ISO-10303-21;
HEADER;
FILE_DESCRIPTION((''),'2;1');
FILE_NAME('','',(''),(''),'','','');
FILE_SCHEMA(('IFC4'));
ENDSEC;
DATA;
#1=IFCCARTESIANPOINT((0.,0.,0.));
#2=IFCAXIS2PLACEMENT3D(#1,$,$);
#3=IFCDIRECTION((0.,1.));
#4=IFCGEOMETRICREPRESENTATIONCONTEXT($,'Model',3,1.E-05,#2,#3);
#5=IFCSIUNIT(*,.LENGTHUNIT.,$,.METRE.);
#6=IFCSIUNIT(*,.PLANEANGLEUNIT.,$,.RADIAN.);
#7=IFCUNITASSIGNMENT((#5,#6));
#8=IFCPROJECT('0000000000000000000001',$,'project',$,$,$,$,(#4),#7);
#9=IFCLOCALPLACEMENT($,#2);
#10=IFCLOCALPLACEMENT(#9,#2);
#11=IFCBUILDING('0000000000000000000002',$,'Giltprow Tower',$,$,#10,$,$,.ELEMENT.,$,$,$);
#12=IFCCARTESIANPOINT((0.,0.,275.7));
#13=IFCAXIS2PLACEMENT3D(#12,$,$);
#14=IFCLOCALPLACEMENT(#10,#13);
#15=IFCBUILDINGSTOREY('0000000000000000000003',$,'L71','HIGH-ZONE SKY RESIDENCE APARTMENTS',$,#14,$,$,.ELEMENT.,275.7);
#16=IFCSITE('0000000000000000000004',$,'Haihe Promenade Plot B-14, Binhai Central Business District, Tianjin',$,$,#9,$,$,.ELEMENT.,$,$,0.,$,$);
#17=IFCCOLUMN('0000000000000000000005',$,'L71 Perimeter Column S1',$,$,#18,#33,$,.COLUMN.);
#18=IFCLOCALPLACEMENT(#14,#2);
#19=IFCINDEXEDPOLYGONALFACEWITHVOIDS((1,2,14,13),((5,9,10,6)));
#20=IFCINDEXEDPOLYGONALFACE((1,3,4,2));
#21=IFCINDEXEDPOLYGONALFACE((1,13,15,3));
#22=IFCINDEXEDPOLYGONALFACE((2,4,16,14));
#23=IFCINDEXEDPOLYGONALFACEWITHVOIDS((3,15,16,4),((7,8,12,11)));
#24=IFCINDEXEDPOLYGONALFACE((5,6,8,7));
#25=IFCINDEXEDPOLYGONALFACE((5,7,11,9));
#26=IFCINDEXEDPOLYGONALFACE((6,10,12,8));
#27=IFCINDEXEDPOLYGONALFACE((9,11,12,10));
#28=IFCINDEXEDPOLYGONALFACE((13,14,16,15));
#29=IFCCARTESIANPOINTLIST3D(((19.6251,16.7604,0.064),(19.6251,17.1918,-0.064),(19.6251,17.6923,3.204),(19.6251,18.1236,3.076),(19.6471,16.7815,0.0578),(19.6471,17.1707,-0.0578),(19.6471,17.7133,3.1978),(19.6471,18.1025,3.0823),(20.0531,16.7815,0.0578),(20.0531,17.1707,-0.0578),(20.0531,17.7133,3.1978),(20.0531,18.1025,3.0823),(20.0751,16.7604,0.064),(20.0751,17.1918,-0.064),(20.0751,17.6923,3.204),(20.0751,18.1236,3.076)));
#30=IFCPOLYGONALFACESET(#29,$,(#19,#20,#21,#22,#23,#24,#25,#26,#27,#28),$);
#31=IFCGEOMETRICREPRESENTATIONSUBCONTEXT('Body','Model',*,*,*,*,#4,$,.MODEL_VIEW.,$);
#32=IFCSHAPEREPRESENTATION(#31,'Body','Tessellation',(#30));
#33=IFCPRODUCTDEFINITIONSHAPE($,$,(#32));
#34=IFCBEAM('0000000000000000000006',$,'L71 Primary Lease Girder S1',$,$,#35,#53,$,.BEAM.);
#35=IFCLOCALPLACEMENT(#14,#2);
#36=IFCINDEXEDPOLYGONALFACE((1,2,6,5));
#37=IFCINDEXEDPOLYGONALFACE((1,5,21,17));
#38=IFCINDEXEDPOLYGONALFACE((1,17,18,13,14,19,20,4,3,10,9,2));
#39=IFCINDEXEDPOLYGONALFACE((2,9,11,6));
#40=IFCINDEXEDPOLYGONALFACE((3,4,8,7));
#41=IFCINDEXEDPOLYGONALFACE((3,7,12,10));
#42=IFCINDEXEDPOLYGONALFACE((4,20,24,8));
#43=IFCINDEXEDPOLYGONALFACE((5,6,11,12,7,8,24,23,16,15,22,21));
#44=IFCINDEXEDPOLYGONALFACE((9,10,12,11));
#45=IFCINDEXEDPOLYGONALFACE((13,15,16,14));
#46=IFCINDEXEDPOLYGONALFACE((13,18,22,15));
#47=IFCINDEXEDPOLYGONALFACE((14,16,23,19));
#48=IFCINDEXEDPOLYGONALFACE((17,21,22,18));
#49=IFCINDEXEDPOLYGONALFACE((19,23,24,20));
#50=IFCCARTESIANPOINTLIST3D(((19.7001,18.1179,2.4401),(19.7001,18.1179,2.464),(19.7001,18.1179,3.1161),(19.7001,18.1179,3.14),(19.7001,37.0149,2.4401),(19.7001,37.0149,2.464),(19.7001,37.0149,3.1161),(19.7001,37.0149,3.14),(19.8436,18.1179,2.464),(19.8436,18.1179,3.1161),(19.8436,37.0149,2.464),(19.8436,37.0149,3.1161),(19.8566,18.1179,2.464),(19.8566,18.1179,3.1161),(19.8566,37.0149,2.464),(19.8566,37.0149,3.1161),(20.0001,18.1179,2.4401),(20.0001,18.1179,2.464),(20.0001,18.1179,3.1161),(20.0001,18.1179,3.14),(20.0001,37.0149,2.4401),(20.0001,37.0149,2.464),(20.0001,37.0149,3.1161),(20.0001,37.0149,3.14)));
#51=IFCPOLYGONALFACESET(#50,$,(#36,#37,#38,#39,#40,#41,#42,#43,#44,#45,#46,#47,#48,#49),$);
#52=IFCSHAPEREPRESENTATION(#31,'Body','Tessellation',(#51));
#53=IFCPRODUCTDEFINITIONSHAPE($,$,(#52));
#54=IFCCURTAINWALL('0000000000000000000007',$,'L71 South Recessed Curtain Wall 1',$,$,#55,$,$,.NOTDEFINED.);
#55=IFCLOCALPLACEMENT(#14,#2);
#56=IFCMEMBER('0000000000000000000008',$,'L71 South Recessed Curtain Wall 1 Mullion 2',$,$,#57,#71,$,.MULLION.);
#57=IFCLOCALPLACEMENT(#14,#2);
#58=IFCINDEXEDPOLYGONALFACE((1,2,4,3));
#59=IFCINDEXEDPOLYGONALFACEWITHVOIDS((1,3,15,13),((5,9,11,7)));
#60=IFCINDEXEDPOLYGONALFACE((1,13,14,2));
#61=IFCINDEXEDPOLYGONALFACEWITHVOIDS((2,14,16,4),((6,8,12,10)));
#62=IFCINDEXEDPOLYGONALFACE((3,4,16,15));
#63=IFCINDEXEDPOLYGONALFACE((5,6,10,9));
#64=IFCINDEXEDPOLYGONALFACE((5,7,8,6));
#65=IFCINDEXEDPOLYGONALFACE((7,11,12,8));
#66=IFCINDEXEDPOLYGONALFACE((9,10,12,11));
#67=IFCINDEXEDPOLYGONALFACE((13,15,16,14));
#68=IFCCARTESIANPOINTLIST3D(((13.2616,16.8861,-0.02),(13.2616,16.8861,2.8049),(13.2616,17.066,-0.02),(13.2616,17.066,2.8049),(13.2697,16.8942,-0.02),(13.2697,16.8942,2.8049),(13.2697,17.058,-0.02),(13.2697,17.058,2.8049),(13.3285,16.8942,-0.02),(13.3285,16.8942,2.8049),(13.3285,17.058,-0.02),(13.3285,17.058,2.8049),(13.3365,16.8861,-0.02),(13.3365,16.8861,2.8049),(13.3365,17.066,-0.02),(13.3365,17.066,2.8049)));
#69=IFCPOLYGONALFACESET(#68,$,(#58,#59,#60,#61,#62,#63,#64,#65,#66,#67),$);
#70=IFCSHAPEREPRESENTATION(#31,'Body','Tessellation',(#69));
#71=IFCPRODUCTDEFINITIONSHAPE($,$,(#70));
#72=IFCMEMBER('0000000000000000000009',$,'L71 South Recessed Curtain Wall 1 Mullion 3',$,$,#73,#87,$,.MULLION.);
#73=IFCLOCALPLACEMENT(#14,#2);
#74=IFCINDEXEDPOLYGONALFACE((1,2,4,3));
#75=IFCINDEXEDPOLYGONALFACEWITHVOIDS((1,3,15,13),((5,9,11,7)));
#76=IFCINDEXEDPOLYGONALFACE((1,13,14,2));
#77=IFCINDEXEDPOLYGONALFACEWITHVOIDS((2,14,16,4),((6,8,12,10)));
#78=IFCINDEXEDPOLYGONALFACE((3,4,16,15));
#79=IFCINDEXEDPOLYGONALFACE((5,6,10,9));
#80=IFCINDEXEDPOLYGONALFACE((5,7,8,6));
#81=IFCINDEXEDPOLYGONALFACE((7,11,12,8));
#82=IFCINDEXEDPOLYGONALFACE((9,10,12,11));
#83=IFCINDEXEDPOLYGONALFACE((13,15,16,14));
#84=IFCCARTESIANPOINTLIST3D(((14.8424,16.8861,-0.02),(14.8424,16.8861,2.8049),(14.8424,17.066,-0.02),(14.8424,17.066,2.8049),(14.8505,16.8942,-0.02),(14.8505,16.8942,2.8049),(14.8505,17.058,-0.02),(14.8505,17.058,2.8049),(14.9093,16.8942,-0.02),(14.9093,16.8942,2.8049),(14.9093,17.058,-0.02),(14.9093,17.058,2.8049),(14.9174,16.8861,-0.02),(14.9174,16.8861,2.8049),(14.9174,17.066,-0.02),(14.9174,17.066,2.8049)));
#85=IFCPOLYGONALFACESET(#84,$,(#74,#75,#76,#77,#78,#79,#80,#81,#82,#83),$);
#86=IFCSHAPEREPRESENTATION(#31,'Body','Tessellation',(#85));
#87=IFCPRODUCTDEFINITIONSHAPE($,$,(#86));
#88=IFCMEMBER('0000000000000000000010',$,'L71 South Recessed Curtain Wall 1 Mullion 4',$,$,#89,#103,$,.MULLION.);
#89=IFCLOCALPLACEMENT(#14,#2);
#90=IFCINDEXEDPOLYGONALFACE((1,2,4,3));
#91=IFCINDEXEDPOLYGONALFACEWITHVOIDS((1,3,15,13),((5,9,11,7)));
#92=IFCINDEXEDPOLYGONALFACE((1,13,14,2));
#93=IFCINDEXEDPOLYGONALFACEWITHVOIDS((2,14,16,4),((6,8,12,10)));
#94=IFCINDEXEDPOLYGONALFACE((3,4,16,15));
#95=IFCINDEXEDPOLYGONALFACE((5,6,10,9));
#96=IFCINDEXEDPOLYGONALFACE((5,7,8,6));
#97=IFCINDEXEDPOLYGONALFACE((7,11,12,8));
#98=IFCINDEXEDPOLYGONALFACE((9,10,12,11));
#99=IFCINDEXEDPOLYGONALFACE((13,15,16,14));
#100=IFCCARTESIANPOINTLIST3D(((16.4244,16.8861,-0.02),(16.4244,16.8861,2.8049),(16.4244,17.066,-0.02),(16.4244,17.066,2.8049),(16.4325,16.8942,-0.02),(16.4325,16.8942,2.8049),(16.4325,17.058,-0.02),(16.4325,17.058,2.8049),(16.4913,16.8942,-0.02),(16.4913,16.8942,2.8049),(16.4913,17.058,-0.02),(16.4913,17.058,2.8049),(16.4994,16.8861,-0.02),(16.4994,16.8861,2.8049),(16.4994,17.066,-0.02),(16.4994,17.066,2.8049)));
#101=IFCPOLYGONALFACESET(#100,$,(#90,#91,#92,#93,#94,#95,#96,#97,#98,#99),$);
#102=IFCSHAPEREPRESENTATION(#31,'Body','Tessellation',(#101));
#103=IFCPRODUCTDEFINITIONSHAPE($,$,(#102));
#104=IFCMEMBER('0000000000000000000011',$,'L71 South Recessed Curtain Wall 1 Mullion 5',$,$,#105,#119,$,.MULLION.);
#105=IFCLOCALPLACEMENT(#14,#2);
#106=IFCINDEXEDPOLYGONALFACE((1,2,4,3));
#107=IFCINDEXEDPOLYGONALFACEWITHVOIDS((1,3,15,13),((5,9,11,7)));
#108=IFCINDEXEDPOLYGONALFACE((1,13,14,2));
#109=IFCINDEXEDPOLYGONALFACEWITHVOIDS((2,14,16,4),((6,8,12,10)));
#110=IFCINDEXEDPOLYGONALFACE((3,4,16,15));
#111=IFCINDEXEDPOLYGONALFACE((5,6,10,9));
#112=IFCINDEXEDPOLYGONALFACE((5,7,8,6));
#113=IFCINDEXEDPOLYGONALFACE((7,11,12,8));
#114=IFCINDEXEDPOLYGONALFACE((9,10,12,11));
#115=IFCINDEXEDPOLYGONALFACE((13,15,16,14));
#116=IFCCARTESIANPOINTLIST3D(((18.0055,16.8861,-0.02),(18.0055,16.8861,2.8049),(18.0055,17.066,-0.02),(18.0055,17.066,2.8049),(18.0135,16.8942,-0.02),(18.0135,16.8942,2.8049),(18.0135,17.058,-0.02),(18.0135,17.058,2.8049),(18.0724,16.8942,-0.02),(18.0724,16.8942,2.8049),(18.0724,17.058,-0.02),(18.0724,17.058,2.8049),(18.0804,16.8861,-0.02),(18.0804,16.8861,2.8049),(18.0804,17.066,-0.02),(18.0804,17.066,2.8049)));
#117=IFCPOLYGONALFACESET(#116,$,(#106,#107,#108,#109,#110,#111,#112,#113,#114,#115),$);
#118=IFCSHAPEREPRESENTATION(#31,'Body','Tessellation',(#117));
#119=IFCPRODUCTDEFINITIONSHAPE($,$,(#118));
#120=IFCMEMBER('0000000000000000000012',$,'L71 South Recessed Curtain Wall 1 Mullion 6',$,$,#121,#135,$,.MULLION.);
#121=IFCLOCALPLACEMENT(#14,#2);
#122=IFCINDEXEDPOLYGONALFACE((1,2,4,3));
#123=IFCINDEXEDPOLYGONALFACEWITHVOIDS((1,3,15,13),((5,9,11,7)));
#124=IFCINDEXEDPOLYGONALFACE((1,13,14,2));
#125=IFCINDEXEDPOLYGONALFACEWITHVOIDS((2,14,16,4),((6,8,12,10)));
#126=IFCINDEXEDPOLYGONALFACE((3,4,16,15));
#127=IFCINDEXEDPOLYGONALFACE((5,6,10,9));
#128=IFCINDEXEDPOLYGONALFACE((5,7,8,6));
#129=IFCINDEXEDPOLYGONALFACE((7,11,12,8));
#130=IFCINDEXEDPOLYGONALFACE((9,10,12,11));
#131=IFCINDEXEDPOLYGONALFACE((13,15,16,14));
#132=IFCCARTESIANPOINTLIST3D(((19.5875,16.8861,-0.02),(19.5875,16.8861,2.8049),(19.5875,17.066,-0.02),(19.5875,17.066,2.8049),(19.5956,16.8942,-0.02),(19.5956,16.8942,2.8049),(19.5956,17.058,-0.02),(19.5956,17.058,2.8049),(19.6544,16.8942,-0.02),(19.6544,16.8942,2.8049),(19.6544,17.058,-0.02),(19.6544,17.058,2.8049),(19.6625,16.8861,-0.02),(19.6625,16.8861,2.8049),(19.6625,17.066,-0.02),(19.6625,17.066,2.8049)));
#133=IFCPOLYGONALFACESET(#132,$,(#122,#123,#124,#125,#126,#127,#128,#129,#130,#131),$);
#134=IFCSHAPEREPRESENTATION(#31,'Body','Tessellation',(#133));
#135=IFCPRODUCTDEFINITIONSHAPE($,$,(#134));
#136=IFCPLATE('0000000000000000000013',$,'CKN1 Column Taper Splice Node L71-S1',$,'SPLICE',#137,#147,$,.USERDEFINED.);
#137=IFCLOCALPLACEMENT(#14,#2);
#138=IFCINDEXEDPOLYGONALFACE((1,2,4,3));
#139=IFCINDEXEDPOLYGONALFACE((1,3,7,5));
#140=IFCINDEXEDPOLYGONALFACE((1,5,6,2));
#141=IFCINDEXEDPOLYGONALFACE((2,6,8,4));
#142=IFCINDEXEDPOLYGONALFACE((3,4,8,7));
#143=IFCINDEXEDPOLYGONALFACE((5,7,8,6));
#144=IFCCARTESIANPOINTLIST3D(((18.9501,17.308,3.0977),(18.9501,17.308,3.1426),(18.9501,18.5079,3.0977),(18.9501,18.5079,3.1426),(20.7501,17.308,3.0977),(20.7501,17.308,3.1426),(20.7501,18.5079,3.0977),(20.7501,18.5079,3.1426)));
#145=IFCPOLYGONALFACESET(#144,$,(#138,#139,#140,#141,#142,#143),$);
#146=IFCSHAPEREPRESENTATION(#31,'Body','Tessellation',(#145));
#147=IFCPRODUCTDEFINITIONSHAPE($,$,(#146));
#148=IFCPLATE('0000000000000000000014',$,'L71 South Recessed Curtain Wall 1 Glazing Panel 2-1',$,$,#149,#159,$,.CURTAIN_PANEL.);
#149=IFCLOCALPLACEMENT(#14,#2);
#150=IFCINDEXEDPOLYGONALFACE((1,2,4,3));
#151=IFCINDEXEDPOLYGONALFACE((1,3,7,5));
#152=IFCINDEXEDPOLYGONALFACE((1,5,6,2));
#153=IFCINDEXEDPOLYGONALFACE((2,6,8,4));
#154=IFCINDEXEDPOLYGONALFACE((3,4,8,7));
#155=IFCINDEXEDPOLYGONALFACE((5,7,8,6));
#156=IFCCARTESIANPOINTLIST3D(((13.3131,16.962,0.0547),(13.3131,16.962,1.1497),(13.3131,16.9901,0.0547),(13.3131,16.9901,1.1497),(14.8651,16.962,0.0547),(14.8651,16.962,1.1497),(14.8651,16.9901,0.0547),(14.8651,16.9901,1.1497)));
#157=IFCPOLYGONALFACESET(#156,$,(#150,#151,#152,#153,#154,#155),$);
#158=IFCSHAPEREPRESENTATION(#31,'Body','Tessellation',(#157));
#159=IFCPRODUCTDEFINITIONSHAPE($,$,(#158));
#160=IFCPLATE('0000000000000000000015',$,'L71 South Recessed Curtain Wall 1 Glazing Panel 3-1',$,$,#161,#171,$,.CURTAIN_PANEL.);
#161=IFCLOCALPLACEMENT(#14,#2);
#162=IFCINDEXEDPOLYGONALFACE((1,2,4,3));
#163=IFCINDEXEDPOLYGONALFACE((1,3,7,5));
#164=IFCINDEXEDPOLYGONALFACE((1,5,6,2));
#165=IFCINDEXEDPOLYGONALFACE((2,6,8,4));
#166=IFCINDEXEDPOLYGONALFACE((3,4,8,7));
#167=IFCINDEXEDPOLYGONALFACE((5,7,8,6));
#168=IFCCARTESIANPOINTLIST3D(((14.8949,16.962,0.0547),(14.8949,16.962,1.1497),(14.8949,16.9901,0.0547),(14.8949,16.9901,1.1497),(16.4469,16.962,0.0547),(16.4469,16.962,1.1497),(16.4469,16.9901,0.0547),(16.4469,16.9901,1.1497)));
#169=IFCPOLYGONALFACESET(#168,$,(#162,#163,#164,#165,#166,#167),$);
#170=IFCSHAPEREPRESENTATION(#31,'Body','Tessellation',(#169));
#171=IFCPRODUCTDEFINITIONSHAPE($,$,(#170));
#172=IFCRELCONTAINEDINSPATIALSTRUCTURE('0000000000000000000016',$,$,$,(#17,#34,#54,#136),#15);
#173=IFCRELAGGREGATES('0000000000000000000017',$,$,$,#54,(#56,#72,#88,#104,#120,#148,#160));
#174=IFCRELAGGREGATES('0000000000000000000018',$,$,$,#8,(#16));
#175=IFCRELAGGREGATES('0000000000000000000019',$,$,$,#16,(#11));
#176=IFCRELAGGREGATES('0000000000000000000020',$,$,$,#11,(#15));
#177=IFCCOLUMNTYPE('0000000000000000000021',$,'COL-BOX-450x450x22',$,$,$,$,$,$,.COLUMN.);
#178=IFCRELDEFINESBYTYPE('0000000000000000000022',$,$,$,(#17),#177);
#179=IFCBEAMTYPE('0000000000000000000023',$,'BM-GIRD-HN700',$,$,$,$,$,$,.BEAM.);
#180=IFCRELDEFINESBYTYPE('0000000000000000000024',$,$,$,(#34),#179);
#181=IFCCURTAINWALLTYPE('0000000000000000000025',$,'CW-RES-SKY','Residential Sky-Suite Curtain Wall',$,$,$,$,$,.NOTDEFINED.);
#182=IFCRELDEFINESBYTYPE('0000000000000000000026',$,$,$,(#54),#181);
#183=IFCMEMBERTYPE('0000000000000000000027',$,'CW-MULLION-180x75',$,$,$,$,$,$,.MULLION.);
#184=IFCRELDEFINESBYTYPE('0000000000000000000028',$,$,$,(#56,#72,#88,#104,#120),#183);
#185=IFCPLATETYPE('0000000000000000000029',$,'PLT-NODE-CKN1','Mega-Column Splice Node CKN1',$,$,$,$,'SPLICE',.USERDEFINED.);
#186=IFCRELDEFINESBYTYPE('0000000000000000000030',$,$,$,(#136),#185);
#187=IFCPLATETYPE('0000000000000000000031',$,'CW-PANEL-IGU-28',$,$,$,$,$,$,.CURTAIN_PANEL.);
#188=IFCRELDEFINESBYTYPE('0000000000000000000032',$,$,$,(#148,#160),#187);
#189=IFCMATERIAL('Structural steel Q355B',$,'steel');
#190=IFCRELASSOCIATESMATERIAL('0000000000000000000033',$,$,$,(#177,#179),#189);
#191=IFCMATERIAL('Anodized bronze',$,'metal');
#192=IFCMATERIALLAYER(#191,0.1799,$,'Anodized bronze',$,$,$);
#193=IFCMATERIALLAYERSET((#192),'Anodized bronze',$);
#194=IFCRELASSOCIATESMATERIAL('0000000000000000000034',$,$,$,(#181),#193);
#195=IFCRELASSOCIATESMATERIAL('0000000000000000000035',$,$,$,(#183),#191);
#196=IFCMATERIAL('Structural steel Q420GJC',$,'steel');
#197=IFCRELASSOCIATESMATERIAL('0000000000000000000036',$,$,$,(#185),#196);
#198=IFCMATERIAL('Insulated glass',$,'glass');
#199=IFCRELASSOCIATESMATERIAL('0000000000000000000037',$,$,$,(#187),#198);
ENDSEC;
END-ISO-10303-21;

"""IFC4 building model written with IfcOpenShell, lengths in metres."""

from ifc_helpers import new_model, si_unit, direction, frame, origin, origin_2d, place, context, subcontext, project, spatial, rectangle, hollow_rectangle, i_section, extrude, source, transform, mapped, material, layer, layer_set, material_profile, profile_set, type_object, element, aggregate, save


model = new_model("IFC4")

# Units and contexts
model_context = context("Model", 3, precision=1e-05, world=origin(), true_north=direction((0.0, 1.0)))
body_context = subcontext(model_context, "Body", "Model", "MODEL_VIEW")
ifc_project = project(units=[si_unit("LENGTHUNIT", "METRE"), si_unit("PLANEANGLEUNIT", "RADIAN")], contexts=[model_context])

# Site, building, storey
site_placement = place(None, origin())
site = spatial("IfcSite", under=ifc_project, at=site_placement, Name="Haihe Promenade Plot B-14, Binhai Central Business District, Tianjin", CompositionType="ELEMENT", RefElevation=0.0)
building_placement = place(site_placement, origin())
building = spatial("IfcBuilding", under=site, at=building_placement, Name="Giltprow Tower", CompositionType="ELEMENT")
storey_placement = place(building_placement, frame((0.0, 0.0, 275.7)))
storey = spatial("IfcBuildingStorey", under=building, at=storey_placement, Name="L71", Description="HIGH-ZONE SKY RESIDENCE APARTMENTS", CompositionType="ELEMENT", Elevation=275.7)

# Column
ifc_material_1 = material(Name="Structural steel Q355B", Category="steel")
ifc_material_profile_1 = material_profile(ifc_material_1, hollow_rectangle(XDim=0.45, YDim=0.45, WallThickness=0.022, at=origin_2d()), Name="BOX 450x450x22")
ifc_profile_set_1 = profile_set([ifc_material_profile_1], Name="Structural steel Q355B")
column_type = type_object("IfcColumnType", Name="COL-BOX-450x450x22", PredefinedType="COLUMN", material=ifc_profile_set_1)
shared_shape_1 = source(origin(), body_context, "Body", "SweptSolid", [
    extrude(hollow_rectangle(XDim=0.45, YDim=0.45, WallThickness=0.022, at=origin_2d()), origin(), (0.0, 0.0, 1.0), 3.2754),
])
column_placement = place(storey_placement, frame((19.8501, 16.9761, 0.0), z_axis=(0.0, 0.284502, 0.958675), x_axis=(-1.0, 0.0, 0.0)))
element("IfcColumn", 1, at=column_placement, inside=storey, type_object=column_type, Name="L71 Perimeter Column S1", PredefinedType="COLUMN", context=body_context, shape_type="MappedRepresentation", body=[
    mapped(shared_shape_1, transform((0.0, 0.0, 0.0), x_axis=(1.0, 0.0, 0.0), y_axis=(0.0, 1.0, 0.0), z_axis=(0.0, 0.0, 1.0), scale=1.0)),
])

# Beam
ifc_material_profile_2 = material_profile(ifc_material_1, i_section(OverallWidth=0.3, OverallDepth=0.7, WebThickness=0.0129, FlangeThickness=0.0239, at=origin_2d()), Name="HN 700x300x13x24")
ifc_profile_set_2 = profile_set([ifc_material_profile_2], Name="Structural steel Q355B")
beam_type = type_object("IfcBeamType", Name="BM-GIRD-HN700", PredefinedType="BEAM", material=ifc_profile_set_2)
shared_shape_2 = source(origin(), body_context, "Body", "SweptSolid", [
    extrude(i_section(OverallWidth=0.3, OverallDepth=0.7, WebThickness=0.0129, FlangeThickness=0.0239, at=origin_2d()), origin(), (0.0, 0.0, 1.0), 18.897),
])
beam_placement = place(storey_placement, frame((19.8501, 18.1179, 2.79), z_axis=(0.0, 1.0, 0.0), x_axis=(-1.0, 0.0, 0.0)))
element("IfcBeam", 2, at=beam_placement, inside=storey, type_object=beam_type, Name="L71 Primary Lease Girder S1", PredefinedType="BEAM", context=body_context, shape_type="MappedRepresentation", body=[
    mapped(shared_shape_2, transform((0.0, 0.0, 0.0), x_axis=(1.0, 0.0, 0.0), y_axis=(0.0, 1.0, 0.0), z_axis=(0.0, 0.0, 1.0), scale=1.0)),
])

# Curtain wall, members
ifc_material_2 = material(Name="Anodized bronze", Category="metal")
ifc_layer = layer(ifc_material_2, 0.1799, Name="Anodized bronze")
ifc_layer_set = layer_set([ifc_layer], Name="Anodized bronze")
curtain_wall_type = type_object("IfcCurtainWallType", Name="CW-RES-SKY", Description="Residential Sky-Suite Curtain Wall", PredefinedType="NOTDEFINED", material=ifc_layer_set)
curtain_wall_placement = place(storey_placement, origin())
curtain_wall = element("IfcCurtainWall", 3, at=curtain_wall_placement, inside=storey, type_object=curtain_wall_type, Name="L71 South Recessed Curtain Wall 1", PredefinedType="NOTDEFINED")
ifc_material_profile_3 = material_profile(ifc_material_2, hollow_rectangle(XDim=0.075, YDim=0.1799, WallThickness=0.0081, at=origin_2d()), Name="RHS 180x75x8")
ifc_profile_set_3 = profile_set([ifc_material_profile_3], Name="Anodized bronze")
member_type = type_object("IfcMemberType", Name="CW-MULLION-180x75", PredefinedType="MULLION", material=ifc_profile_set_3)
shared_shape_3 = source(origin(), body_context, "Body", "SweptSolid", [
    extrude(hollow_rectangle(XDim=0.075, YDim=0.1799, WallThickness=0.0081, at=origin_2d()), origin(), (0.0, 0.0, 1.0), 2.825),
])
member_1_placement = place(storey_placement, frame((13.2991, 16.9761, -0.02), z_axis=(0.0, 0.0, 1.0), x_axis=(1.0, 0.0, 0.0)))
member_1 = element("IfcMember", 4, at=member_1_placement, type_object=member_type, Name="L71 South Recessed Curtain Wall 1 Mullion 2", PredefinedType="MULLION", context=body_context, shape_type="MappedRepresentation", body=[
    mapped(shared_shape_3, transform((0.0, 0.0, 0.0), x_axis=(1.0, 0.0, 0.0), y_axis=(0.0, 1.0, 0.0), z_axis=(0.0, 0.0, 1.0), scale=1.0)),
])
member_2_placement = place(storey_placement, frame((14.8799, 16.9761, -0.02), z_axis=(0.0, 0.0, 1.0), x_axis=(1.0, 0.0, 0.0)))
member_2 = element("IfcMember", 5, at=member_2_placement, type_object=member_type, Name="L71 South Recessed Curtain Wall 1 Mullion 3", PredefinedType="MULLION", context=body_context, shape_type="MappedRepresentation", body=[
    mapped(shared_shape_3, transform((0.0, 0.0, 0.0), x_axis=(1.0, 0.0, 0.0), y_axis=(0.0, 1.0, 0.0), z_axis=(0.0, 0.0, 1.0), scale=1.0)),
])
member_3_placement = place(storey_placement, frame((16.4619, 16.9761, -0.02), z_axis=(0.0, 0.0, 1.0), x_axis=(1.0, 0.0, 0.0)))
member_3 = element("IfcMember", 6, at=member_3_placement, type_object=member_type, Name="L71 South Recessed Curtain Wall 1 Mullion 4", PredefinedType="MULLION", context=body_context, shape_type="MappedRepresentation", body=[
    mapped(shared_shape_3, transform((0.0, 0.0, 0.0), x_axis=(1.0, 0.0, 0.0), y_axis=(0.0, 1.0, 0.0), z_axis=(0.0, 0.0, 1.0), scale=1.0)),
])
member_4_placement = place(storey_placement, frame((18.043, 16.9761, -0.02), z_axis=(0.0, 0.0, 1.0), x_axis=(1.0, 0.0, 0.0)))
member_4 = element("IfcMember", 7, at=member_4_placement, type_object=member_type, Name="L71 South Recessed Curtain Wall 1 Mullion 5", PredefinedType="MULLION", context=body_context, shape_type="MappedRepresentation", body=[
    mapped(shared_shape_3, transform((0.0, 0.0, 0.0), x_axis=(1.0, 0.0, 0.0), y_axis=(0.0, 1.0, 0.0), z_axis=(0.0, 0.0, 1.0), scale=1.0)),
])
member_5_placement = place(storey_placement, frame((19.625, 16.9761, -0.02), z_axis=(0.0, 0.0, 1.0), x_axis=(1.0, 0.0, 0.0)))
member_5 = element("IfcMember", 8, at=member_5_placement, type_object=member_type, Name="L71 South Recessed Curtain Wall 1 Mullion 6", PredefinedType="MULLION", context=body_context, shape_type="MappedRepresentation", body=[
    mapped(shared_shape_3, transform((0.0, 0.0, 0.0), x_axis=(1.0, 0.0, 0.0), y_axis=(0.0, 1.0, 0.0), z_axis=(0.0, 0.0, 1.0), scale=1.0)),
])

# Plates
ifc_material_3 = material(Name="Structural steel Q420GJC", Category="steel")
plate_type_1 = type_object("IfcPlateType", Name="PLT-NODE-CKN1", Description="Mega-Column Splice Node CKN1", ElementType="SPLICE", PredefinedType="USERDEFINED", material=ifc_material_3)
shared_shape_4 = source(origin(), body_context, "Body", "SweptSolid", [
    extrude(rectangle(XDim=1.8, YDim=1.2, at=origin_2d()), origin(), (0.0, 0.0, 1.0), 0.0449),
])
plate_1_placement = place(storey_placement, frame((19.8501, 17.908, 3.0977), z_axis=(0.0, 0.0, 1.0), x_axis=(1.0, 0.0, 0.0)))
element("IfcPlate", 9, at=plate_1_placement, inside=storey, type_object=plate_type_1, Name="CKN1 Column Taper Splice Node L71-S1", ObjectType="SPLICE", PredefinedType="USERDEFINED", context=body_context, shape_type="MappedRepresentation", body=[
    mapped(shared_shape_4, transform((0.0, 0.0, 0.0), x_axis=(1.0, 0.0, 0.0), y_axis=(0.0, 1.0, 0.0), z_axis=(0.0, 0.0, 1.0), scale=1.0)),
])
ifc_material_4 = material(Name="Insulated glass", Category="glass")
plate_type_2 = type_object("IfcPlateType", Name="CW-PANEL-IGU-28", PredefinedType="CURTAIN_PANEL", material=ifc_material_4)
shared_shape_5 = source(origin(), body_context, "Body", "SweptSolid", [
    extrude(rectangle(XDim=1.552, YDim=0.0281, at=origin_2d()), origin(), (0.0, 0.0, 1.0), 1.095),
])
plate_2_placement = place(storey_placement, frame((14.0891, 16.9761, 0.0547), z_axis=(0.0, 0.0, 1.0), x_axis=(1.0, 0.0, 0.0)))
plate_2 = element("IfcPlate", 10, at=plate_2_placement, type_object=plate_type_2, Name="L71 South Recessed Curtain Wall 1 Glazing Panel 2-1", PredefinedType="CURTAIN_PANEL", context=body_context, shape_type="MappedRepresentation", body=[
    mapped(shared_shape_5, transform((0.0, 0.0, 0.0), x_axis=(1.0, 0.0, 0.0), y_axis=(0.0, 1.0, 0.0), z_axis=(0.0, 0.0, 1.0), scale=1.0)),
])
plate_3_placement = place(storey_placement, frame((15.6709, 16.9761, 0.0547), z_axis=(0.0, 0.0, 1.0), x_axis=(1.0, 0.0, 0.0)))
plate_3 = element("IfcPlate", 11, at=plate_3_placement, type_object=plate_type_2, Name="L71 South Recessed Curtain Wall 1 Glazing Panel 3-1", PredefinedType="CURTAIN_PANEL", context=body_context, shape_type="MappedRepresentation", body=[
    mapped(shared_shape_5, transform((0.0, 0.0, 0.0), x_axis=(1.0, 0.0, 0.0), y_axis=(0.0, 1.0, 0.0), z_axis=(0.0, 0.0, 1.0), scale=1.0)),
])
aggregate(curtain_wall, [member_1, member_2, member_3, member_4, member_5, plate_2, plate_3])

save(model, "model.ifc")
